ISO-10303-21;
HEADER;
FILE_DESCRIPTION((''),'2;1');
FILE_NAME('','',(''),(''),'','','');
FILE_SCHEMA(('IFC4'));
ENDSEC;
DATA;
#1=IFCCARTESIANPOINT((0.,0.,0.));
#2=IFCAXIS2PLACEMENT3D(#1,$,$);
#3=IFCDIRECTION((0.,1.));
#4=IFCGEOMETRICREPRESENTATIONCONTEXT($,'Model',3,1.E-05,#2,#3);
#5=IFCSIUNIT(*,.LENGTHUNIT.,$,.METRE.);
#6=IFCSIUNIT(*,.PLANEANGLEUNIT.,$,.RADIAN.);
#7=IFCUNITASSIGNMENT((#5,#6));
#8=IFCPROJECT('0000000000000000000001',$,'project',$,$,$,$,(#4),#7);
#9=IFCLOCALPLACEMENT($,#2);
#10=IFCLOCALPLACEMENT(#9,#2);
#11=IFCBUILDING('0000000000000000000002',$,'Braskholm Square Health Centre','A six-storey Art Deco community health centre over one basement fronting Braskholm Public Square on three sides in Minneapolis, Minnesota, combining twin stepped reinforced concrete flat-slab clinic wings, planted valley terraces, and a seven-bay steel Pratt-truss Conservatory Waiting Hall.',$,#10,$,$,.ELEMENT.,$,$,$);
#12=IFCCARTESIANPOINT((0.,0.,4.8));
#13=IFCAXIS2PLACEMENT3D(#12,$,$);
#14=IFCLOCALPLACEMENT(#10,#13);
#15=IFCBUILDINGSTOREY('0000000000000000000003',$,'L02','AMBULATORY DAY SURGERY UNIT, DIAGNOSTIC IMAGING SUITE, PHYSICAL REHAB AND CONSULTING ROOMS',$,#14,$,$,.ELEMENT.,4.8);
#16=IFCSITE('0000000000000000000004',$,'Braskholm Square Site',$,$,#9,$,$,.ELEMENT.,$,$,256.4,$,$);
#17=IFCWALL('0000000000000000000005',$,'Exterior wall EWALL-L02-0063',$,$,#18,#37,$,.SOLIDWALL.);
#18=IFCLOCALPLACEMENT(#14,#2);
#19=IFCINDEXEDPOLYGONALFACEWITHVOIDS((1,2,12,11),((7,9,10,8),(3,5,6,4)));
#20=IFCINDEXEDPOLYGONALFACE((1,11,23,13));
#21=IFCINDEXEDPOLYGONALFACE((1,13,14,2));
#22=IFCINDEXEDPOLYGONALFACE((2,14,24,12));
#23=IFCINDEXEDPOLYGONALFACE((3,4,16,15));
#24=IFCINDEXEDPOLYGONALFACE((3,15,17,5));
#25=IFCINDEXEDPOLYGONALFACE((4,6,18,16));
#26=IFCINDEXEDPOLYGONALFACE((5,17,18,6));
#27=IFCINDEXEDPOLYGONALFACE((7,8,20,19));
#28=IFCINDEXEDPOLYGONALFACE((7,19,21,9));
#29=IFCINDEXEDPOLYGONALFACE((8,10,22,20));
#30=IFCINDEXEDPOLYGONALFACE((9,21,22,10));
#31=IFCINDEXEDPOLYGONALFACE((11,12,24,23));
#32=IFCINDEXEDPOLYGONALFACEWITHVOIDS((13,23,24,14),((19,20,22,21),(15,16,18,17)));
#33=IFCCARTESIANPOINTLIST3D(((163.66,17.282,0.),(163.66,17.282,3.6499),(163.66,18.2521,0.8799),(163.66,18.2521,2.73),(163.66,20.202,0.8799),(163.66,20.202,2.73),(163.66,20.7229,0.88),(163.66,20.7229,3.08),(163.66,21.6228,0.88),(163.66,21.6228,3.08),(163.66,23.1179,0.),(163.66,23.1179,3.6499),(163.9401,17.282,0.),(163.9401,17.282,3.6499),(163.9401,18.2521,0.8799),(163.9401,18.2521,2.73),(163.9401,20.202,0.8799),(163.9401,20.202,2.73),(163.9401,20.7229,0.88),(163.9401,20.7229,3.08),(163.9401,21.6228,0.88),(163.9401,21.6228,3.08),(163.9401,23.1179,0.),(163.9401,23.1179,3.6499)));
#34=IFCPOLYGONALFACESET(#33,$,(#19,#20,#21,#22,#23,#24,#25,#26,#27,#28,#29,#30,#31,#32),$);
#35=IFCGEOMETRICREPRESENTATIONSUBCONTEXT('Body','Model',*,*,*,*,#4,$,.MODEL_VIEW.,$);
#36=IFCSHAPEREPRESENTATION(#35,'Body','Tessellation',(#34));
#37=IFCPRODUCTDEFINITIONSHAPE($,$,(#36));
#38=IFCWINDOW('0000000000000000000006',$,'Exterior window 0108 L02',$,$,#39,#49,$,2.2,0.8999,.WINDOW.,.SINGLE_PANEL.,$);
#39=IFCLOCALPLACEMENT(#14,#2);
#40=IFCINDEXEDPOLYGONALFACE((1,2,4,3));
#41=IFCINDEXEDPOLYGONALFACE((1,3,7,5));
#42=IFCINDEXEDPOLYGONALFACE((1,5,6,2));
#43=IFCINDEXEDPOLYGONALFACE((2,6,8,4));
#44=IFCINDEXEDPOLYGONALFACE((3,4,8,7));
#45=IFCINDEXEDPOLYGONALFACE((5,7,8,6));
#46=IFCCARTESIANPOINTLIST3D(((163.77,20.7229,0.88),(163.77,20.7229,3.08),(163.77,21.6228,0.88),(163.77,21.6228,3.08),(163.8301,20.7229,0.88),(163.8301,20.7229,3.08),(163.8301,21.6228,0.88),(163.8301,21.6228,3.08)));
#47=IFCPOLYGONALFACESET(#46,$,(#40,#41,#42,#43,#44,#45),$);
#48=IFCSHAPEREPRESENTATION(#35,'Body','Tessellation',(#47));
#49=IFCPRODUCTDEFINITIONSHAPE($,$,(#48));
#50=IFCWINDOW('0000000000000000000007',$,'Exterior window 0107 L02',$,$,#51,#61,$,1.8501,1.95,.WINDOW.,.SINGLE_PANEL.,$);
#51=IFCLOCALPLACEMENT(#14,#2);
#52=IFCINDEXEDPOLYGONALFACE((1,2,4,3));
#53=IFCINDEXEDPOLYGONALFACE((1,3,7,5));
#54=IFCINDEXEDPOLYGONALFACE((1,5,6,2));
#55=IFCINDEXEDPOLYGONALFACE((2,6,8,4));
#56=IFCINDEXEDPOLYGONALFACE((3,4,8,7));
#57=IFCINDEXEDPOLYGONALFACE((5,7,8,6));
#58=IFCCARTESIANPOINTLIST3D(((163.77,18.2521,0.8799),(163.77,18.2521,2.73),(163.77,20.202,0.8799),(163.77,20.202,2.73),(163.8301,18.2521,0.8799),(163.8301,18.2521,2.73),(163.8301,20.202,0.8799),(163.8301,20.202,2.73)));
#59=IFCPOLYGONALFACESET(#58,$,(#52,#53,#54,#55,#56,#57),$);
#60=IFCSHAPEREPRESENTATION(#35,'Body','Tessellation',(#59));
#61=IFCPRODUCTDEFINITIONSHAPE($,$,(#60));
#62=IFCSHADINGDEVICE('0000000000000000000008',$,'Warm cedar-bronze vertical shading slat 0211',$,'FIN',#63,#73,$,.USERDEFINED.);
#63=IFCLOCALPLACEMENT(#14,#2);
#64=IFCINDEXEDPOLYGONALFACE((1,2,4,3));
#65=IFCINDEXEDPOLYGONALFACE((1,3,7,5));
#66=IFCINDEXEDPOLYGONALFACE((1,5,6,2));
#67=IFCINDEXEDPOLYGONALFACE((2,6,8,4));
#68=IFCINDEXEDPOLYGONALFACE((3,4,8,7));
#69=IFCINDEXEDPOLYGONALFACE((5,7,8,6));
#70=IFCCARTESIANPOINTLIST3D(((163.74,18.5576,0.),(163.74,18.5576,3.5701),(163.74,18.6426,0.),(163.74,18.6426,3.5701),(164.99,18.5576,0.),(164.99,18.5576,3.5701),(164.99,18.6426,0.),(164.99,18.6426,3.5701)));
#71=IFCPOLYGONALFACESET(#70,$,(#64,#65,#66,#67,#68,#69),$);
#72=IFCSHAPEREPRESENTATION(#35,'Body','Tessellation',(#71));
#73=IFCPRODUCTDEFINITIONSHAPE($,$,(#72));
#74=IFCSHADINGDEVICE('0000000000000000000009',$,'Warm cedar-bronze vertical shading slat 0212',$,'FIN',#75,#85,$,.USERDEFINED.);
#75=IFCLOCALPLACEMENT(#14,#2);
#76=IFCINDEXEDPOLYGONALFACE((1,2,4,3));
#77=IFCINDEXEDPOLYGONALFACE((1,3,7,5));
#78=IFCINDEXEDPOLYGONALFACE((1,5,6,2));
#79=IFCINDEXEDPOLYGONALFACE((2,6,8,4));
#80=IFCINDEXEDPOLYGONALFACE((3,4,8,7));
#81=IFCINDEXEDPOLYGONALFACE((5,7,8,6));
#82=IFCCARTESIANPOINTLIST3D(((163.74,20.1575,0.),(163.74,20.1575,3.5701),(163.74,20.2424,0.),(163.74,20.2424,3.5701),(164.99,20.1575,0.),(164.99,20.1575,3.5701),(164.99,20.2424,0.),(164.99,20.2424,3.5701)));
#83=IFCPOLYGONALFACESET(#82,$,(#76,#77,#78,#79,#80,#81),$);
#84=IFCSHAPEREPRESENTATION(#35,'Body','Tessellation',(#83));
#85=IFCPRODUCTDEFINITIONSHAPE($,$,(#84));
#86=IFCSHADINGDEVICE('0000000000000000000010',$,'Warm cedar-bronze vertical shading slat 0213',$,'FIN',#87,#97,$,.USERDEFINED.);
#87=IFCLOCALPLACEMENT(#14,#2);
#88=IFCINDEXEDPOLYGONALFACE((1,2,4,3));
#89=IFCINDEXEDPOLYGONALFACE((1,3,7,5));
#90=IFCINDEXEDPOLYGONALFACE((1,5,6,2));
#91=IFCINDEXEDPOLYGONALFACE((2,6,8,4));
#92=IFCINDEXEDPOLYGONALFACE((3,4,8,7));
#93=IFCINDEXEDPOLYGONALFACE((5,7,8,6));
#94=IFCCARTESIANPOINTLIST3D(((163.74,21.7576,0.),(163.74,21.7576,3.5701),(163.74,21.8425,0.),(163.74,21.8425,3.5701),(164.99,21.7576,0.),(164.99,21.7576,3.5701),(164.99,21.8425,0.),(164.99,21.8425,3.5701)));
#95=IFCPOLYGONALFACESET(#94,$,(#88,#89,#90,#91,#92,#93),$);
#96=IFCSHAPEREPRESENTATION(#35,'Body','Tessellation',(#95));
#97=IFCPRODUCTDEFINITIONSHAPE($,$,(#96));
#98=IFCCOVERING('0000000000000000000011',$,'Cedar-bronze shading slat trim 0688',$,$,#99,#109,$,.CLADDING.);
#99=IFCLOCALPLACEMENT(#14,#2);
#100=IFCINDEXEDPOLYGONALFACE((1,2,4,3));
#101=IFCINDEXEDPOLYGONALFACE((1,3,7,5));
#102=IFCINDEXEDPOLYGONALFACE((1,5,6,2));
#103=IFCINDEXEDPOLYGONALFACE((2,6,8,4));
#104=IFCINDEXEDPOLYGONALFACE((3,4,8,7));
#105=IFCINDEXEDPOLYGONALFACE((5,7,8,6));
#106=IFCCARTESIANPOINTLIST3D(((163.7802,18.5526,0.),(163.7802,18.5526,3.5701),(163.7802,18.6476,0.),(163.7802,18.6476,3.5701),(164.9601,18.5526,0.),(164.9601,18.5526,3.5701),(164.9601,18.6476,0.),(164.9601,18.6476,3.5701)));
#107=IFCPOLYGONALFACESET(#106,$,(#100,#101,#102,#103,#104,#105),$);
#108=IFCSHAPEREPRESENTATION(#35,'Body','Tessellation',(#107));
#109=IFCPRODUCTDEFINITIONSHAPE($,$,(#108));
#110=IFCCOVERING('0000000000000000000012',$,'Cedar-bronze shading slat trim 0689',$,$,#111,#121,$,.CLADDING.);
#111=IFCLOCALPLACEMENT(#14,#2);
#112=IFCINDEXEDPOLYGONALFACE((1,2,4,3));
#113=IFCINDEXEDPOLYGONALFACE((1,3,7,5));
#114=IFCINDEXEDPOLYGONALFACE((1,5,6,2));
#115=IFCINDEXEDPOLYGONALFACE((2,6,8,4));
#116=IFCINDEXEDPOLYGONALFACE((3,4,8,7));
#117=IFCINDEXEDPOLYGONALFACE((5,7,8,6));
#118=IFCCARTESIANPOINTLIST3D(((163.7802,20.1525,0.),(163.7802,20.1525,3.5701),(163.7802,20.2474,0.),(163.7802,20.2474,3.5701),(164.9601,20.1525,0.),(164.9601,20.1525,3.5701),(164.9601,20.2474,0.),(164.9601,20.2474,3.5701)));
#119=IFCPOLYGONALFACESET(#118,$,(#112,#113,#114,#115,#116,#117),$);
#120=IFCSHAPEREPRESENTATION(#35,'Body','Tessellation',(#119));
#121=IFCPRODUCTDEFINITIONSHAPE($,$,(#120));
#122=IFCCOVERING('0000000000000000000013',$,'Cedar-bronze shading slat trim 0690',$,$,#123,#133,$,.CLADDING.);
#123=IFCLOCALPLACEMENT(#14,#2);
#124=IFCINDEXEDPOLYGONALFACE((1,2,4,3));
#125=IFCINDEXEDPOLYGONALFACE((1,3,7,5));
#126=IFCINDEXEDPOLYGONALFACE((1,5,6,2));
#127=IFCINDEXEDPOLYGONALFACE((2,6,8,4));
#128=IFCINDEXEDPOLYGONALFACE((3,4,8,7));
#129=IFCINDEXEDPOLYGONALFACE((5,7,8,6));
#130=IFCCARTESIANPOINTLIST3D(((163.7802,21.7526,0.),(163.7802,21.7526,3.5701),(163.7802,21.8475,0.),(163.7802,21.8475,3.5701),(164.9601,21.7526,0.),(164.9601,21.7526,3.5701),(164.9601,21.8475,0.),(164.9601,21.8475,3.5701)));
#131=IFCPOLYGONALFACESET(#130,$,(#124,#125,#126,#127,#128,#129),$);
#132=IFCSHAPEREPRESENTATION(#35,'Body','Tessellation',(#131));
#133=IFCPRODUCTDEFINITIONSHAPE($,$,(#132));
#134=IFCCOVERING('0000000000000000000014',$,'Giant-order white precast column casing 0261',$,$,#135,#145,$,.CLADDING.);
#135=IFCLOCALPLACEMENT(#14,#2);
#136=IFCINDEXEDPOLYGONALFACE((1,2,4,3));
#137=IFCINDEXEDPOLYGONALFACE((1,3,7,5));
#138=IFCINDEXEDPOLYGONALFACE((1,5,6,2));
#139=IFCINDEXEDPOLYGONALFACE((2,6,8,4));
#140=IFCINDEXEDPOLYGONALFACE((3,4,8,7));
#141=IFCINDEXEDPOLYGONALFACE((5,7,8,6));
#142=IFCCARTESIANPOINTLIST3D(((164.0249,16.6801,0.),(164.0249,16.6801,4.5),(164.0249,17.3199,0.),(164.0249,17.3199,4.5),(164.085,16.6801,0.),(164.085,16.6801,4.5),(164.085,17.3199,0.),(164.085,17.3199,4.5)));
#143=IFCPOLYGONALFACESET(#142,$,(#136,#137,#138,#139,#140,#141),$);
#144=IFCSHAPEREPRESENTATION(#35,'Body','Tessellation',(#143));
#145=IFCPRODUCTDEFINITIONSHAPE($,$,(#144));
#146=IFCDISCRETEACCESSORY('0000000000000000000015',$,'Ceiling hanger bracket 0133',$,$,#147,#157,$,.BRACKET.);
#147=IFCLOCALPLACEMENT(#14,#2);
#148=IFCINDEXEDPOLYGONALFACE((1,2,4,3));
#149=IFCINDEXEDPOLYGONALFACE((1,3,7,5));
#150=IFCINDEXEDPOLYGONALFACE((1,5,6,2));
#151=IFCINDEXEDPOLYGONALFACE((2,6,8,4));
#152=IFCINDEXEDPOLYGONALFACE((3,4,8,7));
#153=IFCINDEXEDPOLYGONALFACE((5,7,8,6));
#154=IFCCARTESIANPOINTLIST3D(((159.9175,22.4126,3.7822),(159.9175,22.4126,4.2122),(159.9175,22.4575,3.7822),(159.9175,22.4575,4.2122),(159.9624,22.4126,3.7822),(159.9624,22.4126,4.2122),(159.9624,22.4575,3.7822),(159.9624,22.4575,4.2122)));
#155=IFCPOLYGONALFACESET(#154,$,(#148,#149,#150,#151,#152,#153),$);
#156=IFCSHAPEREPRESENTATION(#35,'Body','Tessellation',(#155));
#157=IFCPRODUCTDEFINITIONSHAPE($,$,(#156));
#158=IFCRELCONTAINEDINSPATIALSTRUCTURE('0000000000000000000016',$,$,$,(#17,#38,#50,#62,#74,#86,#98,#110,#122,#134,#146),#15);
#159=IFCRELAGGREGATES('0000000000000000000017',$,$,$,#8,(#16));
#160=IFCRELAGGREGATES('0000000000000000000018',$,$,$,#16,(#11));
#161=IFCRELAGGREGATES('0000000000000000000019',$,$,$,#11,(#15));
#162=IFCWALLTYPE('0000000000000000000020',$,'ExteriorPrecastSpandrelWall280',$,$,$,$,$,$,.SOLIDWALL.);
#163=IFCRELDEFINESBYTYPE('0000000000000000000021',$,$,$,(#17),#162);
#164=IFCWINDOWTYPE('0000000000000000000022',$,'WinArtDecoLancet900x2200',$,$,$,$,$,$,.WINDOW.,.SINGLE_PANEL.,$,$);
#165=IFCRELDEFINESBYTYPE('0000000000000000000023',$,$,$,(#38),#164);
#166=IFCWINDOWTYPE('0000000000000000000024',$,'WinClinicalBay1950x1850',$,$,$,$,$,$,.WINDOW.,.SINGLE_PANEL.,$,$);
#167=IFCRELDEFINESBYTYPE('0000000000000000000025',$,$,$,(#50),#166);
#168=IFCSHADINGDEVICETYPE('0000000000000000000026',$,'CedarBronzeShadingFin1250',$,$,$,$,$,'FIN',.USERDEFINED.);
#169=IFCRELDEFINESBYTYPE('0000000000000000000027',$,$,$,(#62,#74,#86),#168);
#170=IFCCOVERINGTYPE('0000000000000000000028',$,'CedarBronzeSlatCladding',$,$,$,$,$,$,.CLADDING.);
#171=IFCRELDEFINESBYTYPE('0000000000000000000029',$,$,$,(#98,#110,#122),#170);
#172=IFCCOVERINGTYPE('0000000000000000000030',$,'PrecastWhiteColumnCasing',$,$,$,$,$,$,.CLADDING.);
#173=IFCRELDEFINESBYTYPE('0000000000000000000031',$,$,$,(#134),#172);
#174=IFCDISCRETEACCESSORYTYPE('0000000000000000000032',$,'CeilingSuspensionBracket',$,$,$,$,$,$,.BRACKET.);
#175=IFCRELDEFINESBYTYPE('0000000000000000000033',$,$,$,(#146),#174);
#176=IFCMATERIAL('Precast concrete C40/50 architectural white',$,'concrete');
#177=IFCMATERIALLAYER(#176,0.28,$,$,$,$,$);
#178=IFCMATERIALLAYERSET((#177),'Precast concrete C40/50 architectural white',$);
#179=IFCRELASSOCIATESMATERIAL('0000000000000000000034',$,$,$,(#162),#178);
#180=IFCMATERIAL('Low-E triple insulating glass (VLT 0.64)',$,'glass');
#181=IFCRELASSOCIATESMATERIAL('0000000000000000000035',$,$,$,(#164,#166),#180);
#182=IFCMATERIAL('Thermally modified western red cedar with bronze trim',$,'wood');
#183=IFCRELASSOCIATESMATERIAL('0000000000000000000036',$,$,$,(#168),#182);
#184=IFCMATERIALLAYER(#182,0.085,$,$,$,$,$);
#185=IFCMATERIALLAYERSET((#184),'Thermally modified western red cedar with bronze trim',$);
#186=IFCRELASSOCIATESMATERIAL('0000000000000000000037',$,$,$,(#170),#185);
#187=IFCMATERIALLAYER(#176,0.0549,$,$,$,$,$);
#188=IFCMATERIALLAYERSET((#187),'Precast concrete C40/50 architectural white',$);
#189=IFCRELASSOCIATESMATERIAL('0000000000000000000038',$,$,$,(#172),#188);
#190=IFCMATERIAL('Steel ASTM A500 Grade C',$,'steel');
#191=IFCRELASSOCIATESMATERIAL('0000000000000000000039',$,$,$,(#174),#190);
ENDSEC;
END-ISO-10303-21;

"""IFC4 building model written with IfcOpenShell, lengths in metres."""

from ifc_helpers import new_model, si_unit, direction, frame, frame_2d, origin, origin_with_axes, origin_2d, place, context, subcontext, project, spatial, rectangle, extrude, material, layer, layer_set, type_object, element, fill, save


model = new_model("IFC4")

# Units and contexts
model_context = context("Model", 3, precision=1e-05, world=origin(), true_north=direction((0.0, 1.0)))
body_context = subcontext(model_context, "Body", "Model", "MODEL_VIEW")
ifc_project = project(units=[si_unit("LENGTHUNIT", "METRE"), si_unit("PLANEANGLEUNIT", "RADIAN")], contexts=[model_context])

# Site, building, storey
site_placement = place(None, origin())
site = spatial("IfcSite", under=ifc_project, at=site_placement, Name="Braskholm Square Site", CompositionType="ELEMENT", RefElevation=256.4)
building_placement = place(site_placement, origin())
building = spatial("IfcBuilding", under=site, at=building_placement, Name="Braskholm Square Health Centre", Description="A six-storey Art Deco community health centre over one basement fronting Braskholm Public Square on three sides in Minneapolis, Minnesota, combining twin stepped reinforced concrete flat-slab clinic wings, planted valley terraces, and a seven-bay steel Pratt-truss Conservatory Waiting Hall.", CompositionType="ELEMENT")
storey_placement = place(building_placement, frame((0.0, 0.0, 4.8)))
storey = spatial("IfcBuildingStorey", under=building, at=storey_placement, Name="L02", Description="AMBULATORY DAY SURGERY UNIT, DIAGNOSTIC IMAGING SUITE, PHYSICAL REHAB AND CONSULTING ROOMS", CompositionType="ELEMENT", Elevation=4.8)

# Shared definitions
ifc_material_1 = material(Name="Precast concrete C40/50 architectural white", Category="concrete")

# Shared definitions
ifc_material_2 = material(Name="Low-E triple insulating glass (VLT 0.64)", Category="glass")

# Wall, openings, windows
ifc_layer_1 = layer(ifc_material_1, 0.28)
ifc_layer_set_1 = layer_set([ifc_layer_1], Name="Precast concrete C40/50 architectural white")
wall_type_1 = type_object("IfcWallType", Name="ExteriorPrecastSpandrelWall280", PredefinedType="SOLIDWALL", material=ifc_layer_set_1)
wall_1_placement = place(storey_placement, frame((163.8, 17.282, 0.0), z_axis=(0.0, 0.0, 1.0), x_axis=(0.0, 1.0, 0.0)))
wall_1 = element("IfcWall", 1, at=wall_1_placement, inside=storey, type_object=wall_type_1, Name="Exterior wall EWALL-L02-0063", PredefinedType="SOLIDWALL", context=body_context, shape_type="SweptSolid", body=[
    extrude(rectangle(XDim=5.8359, YDim=0.28, at=frame_2d((2.918, 0.0))), origin(), (0.0, 0.0, 1.0), 3.6499),
])
opening_1_placement = place(wall_1_placement, frame((0.97, 0.0, 0.8799)))
opening_1 = element("IfcOpeningElement", 2, at=opening_1_placement, cuts=wall_1, PredefinedType="OPENING", context=body_context, shape_type="SweptSolid", body=[
    extrude(rectangle(XDim=1.95, YDim=1.8501, at=frame_2d((0.9751, 0.925))), frame((0.0, 0.1499, 0.0), z_axis=(0.0, -1.0, 0.0), x_axis=(1.0, 0.0, 0.0)), (0.0, 0.0, 1.0), 0.3),
])
opening_2_placement = place(wall_1_placement, frame((3.4409, 0.0, 0.8799)))
opening_2 = element("IfcOpeningElement", 3, at=opening_2_placement, cuts=wall_1, PredefinedType="OPENING", context=body_context, shape_type="SweptSolid", body=[
    extrude(rectangle(XDim=0.8999, YDim=2.2, at=frame_2d((0.45, 1.1001))), frame((0.0, 0.1499, 0.0), z_axis=(0.0, -1.0, 0.0), x_axis=(1.0, 0.0, 0.0)), (0.0, 0.0, 1.0), 0.3),
])
window_type_1 = type_object("IfcWindowType", Name="WinArtDecoLancet900x2200", PartitioningType="SINGLE_PANEL", PredefinedType="WINDOW", material=ifc_material_2)
window_1_placement = place(opening_2_placement, origin_with_axes())
window_1 = element("IfcWindow", 4, at=window_1_placement, inside=storey, type_object=window_type_1, Name="Exterior window 0108 L02", OverallHeight=2.2, OverallWidth=0.8999, PartitioningType="SINGLE_PANEL", PredefinedType="WINDOW", context=body_context, shape_type="SweptSolid", body=[
    extrude(rectangle(XDim=0.8999, YDim=2.2, at=frame_2d((0.45, 1.1001))), frame((0.0, 0.03, 0.0), z_axis=(0.0, -1.0, 0.0), x_axis=(1.0, 0.0, 0.0)), (0.0, 0.0, 1.0), 0.0601),
])
fill(opening_2, window_1)
window_type_2 = type_object("IfcWindowType", Name="WinClinicalBay1950x1850", PartitioningType="SINGLE_PANEL", PredefinedType="WINDOW", material=ifc_material_2)
window_2_placement = place(opening_1_placement, origin_with_axes())
window_2 = element("IfcWindow", 5, at=window_2_placement, inside=storey, type_object=window_type_2, Name="Exterior window 0107 L02", OverallHeight=1.8501, OverallWidth=1.95, PartitioningType="SINGLE_PANEL", PredefinedType="WINDOW", context=body_context, shape_type="SweptSolid", body=[
    extrude(rectangle(XDim=1.95, YDim=1.8501, at=frame_2d((0.9751, 0.925))), frame((0.0, 0.03, 0.0), z_axis=(0.0, -1.0, 0.0), x_axis=(1.0, 0.0, 0.0)), (0.0, 0.0, 1.0), 0.0601),
])
fill(opening_1, window_2)

# Shading devices
ifc_material_3 = material(Name="Thermally modified western red cedar with bronze trim", Category="wood")
shading_device_type = type_object("IfcShadingDeviceType", Name="CedarBronzeShadingFin1250", ElementType="FIN", PredefinedType="USERDEFINED", material=ifc_material_3)
for number, where, z_axis, x_axis, name in (
    (6, (164.365, 18.6001, 0.0), (0.0, 0.0, 1.0), (1.0, 0.0, 0.0), "Warm cedar-bronze vertical shading slat 0211"),
    (7, (164.365, 20.2, 0.0), (0.0, 0.0, 1.0), (1.0, 0.0, 0.0), "Warm cedar-bronze vertical shading slat 0212"),
    (8, (164.365, 21.8, 0.0), (0.0, 0.0, 1.0), (1.0, 0.0, 0.0), "Warm cedar-bronze vertical shading slat 0213"),
):
    element("IfcShadingDevice", number, at=place(storey_placement, frame(where, z_axis=z_axis, x_axis=x_axis)), inside=storey, type_object=shading_device_type, Name=name, ObjectType="FIN", PredefinedType="USERDEFINED", context=body_context, shape_type="SweptSolid", body=[
        extrude(rectangle(XDim=1.25, YDim=0.085, at=origin_2d()), origin(), (0.0, 0.0, 1.0), 3.5701),
    ])

# Coverings
ifc_layer_2 = layer(ifc_material_3, 0.085)
ifc_layer_set_2 = layer_set([ifc_layer_2], Name="Thermally modified western red cedar with bronze trim")
covering_type_1 = type_object("IfcCoveringType", Name="CedarBronzeSlatCladding", PredefinedType="CLADDING", material=ifc_layer_set_2)
for number, where, z_axis, x_axis, name in (
    (9, (164.3701, 18.6001, 0.0), (0.0, 0.0, 1.0), (1.0, 0.0, 0.0), "Cedar-bronze shading slat trim 0688"),
    (10, (164.3701, 20.2, 0.0), (0.0, 0.0, 1.0), (1.0, 0.0, 0.0), "Cedar-bronze shading slat trim 0689"),
    (11, (164.3701, 21.8, 0.0), (0.0, 0.0, 1.0), (1.0, 0.0, 0.0), "Cedar-bronze shading slat trim 0690"),
):
    element("IfcCovering", number, at=place(storey_placement, frame(where, z_axis=z_axis, x_axis=x_axis)), inside=storey, type_object=covering_type_1, Name=name, PredefinedType="CLADDING", context=body_context, shape_type="SweptSolid", body=[
        extrude(rectangle(XDim=1.1799, YDim=0.095, at=origin_2d()), origin(), (0.0, 0.0, 1.0), 3.5701),
    ])
ifc_layer_3 = layer(ifc_material_1, 0.0549)
ifc_layer_set_3 = layer_set([ifc_layer_3], Name="Precast concrete C40/50 architectural white")
covering_type_2 = type_object("IfcCoveringType", Name="PrecastWhiteColumnCasing", PredefinedType="CLADDING", material=ifc_layer_set_3)
covering_placement = place(storey_placement, frame((164.0549, 17.0, 0.0), z_axis=(0.0, 0.0, 1.0), x_axis=(1.0, 0.0, 0.0)))
element("IfcCovering", 12, at=covering_placement, inside=storey, type_object=covering_type_2, Name="Giant-order white precast column casing 0261", PredefinedType="CLADDING", context=body_context, shape_type="SweptSolid", body=[
    extrude(rectangle(XDim=0.0601, YDim=0.6399, at=origin_2d()), origin(), (0.0, 0.0, 1.0), 4.5),
])

# Discrete accessory
ifc_material_4 = material(Name="Steel ASTM A500 Grade C", Category="steel")
discrete_accessory_type = type_object("IfcDiscreteAccessoryType", Name="CeilingSuspensionBracket", PredefinedType="BRACKET", material=ifc_material_4)
discrete_accessory_placement = place(storey_placement, frame((159.9399, 22.4351, 3.7822), z_axis=(0.0, 0.0, 1.0), x_axis=(1.0, 0.0, 0.0)))
element("IfcDiscreteAccessory", 13, at=discrete_accessory_placement, inside=storey, type_object=discrete_accessory_type, Name="Ceiling hanger bracket 0133", PredefinedType="BRACKET", context=body_context, shape_type="SweptSolid", body=[
    extrude(rectangle(XDim=0.0449, YDim=0.0449, at=origin_2d()), origin(), (0.0, 0.0, 1.0), 0.4299),
])

save(model, "model.ifc")
